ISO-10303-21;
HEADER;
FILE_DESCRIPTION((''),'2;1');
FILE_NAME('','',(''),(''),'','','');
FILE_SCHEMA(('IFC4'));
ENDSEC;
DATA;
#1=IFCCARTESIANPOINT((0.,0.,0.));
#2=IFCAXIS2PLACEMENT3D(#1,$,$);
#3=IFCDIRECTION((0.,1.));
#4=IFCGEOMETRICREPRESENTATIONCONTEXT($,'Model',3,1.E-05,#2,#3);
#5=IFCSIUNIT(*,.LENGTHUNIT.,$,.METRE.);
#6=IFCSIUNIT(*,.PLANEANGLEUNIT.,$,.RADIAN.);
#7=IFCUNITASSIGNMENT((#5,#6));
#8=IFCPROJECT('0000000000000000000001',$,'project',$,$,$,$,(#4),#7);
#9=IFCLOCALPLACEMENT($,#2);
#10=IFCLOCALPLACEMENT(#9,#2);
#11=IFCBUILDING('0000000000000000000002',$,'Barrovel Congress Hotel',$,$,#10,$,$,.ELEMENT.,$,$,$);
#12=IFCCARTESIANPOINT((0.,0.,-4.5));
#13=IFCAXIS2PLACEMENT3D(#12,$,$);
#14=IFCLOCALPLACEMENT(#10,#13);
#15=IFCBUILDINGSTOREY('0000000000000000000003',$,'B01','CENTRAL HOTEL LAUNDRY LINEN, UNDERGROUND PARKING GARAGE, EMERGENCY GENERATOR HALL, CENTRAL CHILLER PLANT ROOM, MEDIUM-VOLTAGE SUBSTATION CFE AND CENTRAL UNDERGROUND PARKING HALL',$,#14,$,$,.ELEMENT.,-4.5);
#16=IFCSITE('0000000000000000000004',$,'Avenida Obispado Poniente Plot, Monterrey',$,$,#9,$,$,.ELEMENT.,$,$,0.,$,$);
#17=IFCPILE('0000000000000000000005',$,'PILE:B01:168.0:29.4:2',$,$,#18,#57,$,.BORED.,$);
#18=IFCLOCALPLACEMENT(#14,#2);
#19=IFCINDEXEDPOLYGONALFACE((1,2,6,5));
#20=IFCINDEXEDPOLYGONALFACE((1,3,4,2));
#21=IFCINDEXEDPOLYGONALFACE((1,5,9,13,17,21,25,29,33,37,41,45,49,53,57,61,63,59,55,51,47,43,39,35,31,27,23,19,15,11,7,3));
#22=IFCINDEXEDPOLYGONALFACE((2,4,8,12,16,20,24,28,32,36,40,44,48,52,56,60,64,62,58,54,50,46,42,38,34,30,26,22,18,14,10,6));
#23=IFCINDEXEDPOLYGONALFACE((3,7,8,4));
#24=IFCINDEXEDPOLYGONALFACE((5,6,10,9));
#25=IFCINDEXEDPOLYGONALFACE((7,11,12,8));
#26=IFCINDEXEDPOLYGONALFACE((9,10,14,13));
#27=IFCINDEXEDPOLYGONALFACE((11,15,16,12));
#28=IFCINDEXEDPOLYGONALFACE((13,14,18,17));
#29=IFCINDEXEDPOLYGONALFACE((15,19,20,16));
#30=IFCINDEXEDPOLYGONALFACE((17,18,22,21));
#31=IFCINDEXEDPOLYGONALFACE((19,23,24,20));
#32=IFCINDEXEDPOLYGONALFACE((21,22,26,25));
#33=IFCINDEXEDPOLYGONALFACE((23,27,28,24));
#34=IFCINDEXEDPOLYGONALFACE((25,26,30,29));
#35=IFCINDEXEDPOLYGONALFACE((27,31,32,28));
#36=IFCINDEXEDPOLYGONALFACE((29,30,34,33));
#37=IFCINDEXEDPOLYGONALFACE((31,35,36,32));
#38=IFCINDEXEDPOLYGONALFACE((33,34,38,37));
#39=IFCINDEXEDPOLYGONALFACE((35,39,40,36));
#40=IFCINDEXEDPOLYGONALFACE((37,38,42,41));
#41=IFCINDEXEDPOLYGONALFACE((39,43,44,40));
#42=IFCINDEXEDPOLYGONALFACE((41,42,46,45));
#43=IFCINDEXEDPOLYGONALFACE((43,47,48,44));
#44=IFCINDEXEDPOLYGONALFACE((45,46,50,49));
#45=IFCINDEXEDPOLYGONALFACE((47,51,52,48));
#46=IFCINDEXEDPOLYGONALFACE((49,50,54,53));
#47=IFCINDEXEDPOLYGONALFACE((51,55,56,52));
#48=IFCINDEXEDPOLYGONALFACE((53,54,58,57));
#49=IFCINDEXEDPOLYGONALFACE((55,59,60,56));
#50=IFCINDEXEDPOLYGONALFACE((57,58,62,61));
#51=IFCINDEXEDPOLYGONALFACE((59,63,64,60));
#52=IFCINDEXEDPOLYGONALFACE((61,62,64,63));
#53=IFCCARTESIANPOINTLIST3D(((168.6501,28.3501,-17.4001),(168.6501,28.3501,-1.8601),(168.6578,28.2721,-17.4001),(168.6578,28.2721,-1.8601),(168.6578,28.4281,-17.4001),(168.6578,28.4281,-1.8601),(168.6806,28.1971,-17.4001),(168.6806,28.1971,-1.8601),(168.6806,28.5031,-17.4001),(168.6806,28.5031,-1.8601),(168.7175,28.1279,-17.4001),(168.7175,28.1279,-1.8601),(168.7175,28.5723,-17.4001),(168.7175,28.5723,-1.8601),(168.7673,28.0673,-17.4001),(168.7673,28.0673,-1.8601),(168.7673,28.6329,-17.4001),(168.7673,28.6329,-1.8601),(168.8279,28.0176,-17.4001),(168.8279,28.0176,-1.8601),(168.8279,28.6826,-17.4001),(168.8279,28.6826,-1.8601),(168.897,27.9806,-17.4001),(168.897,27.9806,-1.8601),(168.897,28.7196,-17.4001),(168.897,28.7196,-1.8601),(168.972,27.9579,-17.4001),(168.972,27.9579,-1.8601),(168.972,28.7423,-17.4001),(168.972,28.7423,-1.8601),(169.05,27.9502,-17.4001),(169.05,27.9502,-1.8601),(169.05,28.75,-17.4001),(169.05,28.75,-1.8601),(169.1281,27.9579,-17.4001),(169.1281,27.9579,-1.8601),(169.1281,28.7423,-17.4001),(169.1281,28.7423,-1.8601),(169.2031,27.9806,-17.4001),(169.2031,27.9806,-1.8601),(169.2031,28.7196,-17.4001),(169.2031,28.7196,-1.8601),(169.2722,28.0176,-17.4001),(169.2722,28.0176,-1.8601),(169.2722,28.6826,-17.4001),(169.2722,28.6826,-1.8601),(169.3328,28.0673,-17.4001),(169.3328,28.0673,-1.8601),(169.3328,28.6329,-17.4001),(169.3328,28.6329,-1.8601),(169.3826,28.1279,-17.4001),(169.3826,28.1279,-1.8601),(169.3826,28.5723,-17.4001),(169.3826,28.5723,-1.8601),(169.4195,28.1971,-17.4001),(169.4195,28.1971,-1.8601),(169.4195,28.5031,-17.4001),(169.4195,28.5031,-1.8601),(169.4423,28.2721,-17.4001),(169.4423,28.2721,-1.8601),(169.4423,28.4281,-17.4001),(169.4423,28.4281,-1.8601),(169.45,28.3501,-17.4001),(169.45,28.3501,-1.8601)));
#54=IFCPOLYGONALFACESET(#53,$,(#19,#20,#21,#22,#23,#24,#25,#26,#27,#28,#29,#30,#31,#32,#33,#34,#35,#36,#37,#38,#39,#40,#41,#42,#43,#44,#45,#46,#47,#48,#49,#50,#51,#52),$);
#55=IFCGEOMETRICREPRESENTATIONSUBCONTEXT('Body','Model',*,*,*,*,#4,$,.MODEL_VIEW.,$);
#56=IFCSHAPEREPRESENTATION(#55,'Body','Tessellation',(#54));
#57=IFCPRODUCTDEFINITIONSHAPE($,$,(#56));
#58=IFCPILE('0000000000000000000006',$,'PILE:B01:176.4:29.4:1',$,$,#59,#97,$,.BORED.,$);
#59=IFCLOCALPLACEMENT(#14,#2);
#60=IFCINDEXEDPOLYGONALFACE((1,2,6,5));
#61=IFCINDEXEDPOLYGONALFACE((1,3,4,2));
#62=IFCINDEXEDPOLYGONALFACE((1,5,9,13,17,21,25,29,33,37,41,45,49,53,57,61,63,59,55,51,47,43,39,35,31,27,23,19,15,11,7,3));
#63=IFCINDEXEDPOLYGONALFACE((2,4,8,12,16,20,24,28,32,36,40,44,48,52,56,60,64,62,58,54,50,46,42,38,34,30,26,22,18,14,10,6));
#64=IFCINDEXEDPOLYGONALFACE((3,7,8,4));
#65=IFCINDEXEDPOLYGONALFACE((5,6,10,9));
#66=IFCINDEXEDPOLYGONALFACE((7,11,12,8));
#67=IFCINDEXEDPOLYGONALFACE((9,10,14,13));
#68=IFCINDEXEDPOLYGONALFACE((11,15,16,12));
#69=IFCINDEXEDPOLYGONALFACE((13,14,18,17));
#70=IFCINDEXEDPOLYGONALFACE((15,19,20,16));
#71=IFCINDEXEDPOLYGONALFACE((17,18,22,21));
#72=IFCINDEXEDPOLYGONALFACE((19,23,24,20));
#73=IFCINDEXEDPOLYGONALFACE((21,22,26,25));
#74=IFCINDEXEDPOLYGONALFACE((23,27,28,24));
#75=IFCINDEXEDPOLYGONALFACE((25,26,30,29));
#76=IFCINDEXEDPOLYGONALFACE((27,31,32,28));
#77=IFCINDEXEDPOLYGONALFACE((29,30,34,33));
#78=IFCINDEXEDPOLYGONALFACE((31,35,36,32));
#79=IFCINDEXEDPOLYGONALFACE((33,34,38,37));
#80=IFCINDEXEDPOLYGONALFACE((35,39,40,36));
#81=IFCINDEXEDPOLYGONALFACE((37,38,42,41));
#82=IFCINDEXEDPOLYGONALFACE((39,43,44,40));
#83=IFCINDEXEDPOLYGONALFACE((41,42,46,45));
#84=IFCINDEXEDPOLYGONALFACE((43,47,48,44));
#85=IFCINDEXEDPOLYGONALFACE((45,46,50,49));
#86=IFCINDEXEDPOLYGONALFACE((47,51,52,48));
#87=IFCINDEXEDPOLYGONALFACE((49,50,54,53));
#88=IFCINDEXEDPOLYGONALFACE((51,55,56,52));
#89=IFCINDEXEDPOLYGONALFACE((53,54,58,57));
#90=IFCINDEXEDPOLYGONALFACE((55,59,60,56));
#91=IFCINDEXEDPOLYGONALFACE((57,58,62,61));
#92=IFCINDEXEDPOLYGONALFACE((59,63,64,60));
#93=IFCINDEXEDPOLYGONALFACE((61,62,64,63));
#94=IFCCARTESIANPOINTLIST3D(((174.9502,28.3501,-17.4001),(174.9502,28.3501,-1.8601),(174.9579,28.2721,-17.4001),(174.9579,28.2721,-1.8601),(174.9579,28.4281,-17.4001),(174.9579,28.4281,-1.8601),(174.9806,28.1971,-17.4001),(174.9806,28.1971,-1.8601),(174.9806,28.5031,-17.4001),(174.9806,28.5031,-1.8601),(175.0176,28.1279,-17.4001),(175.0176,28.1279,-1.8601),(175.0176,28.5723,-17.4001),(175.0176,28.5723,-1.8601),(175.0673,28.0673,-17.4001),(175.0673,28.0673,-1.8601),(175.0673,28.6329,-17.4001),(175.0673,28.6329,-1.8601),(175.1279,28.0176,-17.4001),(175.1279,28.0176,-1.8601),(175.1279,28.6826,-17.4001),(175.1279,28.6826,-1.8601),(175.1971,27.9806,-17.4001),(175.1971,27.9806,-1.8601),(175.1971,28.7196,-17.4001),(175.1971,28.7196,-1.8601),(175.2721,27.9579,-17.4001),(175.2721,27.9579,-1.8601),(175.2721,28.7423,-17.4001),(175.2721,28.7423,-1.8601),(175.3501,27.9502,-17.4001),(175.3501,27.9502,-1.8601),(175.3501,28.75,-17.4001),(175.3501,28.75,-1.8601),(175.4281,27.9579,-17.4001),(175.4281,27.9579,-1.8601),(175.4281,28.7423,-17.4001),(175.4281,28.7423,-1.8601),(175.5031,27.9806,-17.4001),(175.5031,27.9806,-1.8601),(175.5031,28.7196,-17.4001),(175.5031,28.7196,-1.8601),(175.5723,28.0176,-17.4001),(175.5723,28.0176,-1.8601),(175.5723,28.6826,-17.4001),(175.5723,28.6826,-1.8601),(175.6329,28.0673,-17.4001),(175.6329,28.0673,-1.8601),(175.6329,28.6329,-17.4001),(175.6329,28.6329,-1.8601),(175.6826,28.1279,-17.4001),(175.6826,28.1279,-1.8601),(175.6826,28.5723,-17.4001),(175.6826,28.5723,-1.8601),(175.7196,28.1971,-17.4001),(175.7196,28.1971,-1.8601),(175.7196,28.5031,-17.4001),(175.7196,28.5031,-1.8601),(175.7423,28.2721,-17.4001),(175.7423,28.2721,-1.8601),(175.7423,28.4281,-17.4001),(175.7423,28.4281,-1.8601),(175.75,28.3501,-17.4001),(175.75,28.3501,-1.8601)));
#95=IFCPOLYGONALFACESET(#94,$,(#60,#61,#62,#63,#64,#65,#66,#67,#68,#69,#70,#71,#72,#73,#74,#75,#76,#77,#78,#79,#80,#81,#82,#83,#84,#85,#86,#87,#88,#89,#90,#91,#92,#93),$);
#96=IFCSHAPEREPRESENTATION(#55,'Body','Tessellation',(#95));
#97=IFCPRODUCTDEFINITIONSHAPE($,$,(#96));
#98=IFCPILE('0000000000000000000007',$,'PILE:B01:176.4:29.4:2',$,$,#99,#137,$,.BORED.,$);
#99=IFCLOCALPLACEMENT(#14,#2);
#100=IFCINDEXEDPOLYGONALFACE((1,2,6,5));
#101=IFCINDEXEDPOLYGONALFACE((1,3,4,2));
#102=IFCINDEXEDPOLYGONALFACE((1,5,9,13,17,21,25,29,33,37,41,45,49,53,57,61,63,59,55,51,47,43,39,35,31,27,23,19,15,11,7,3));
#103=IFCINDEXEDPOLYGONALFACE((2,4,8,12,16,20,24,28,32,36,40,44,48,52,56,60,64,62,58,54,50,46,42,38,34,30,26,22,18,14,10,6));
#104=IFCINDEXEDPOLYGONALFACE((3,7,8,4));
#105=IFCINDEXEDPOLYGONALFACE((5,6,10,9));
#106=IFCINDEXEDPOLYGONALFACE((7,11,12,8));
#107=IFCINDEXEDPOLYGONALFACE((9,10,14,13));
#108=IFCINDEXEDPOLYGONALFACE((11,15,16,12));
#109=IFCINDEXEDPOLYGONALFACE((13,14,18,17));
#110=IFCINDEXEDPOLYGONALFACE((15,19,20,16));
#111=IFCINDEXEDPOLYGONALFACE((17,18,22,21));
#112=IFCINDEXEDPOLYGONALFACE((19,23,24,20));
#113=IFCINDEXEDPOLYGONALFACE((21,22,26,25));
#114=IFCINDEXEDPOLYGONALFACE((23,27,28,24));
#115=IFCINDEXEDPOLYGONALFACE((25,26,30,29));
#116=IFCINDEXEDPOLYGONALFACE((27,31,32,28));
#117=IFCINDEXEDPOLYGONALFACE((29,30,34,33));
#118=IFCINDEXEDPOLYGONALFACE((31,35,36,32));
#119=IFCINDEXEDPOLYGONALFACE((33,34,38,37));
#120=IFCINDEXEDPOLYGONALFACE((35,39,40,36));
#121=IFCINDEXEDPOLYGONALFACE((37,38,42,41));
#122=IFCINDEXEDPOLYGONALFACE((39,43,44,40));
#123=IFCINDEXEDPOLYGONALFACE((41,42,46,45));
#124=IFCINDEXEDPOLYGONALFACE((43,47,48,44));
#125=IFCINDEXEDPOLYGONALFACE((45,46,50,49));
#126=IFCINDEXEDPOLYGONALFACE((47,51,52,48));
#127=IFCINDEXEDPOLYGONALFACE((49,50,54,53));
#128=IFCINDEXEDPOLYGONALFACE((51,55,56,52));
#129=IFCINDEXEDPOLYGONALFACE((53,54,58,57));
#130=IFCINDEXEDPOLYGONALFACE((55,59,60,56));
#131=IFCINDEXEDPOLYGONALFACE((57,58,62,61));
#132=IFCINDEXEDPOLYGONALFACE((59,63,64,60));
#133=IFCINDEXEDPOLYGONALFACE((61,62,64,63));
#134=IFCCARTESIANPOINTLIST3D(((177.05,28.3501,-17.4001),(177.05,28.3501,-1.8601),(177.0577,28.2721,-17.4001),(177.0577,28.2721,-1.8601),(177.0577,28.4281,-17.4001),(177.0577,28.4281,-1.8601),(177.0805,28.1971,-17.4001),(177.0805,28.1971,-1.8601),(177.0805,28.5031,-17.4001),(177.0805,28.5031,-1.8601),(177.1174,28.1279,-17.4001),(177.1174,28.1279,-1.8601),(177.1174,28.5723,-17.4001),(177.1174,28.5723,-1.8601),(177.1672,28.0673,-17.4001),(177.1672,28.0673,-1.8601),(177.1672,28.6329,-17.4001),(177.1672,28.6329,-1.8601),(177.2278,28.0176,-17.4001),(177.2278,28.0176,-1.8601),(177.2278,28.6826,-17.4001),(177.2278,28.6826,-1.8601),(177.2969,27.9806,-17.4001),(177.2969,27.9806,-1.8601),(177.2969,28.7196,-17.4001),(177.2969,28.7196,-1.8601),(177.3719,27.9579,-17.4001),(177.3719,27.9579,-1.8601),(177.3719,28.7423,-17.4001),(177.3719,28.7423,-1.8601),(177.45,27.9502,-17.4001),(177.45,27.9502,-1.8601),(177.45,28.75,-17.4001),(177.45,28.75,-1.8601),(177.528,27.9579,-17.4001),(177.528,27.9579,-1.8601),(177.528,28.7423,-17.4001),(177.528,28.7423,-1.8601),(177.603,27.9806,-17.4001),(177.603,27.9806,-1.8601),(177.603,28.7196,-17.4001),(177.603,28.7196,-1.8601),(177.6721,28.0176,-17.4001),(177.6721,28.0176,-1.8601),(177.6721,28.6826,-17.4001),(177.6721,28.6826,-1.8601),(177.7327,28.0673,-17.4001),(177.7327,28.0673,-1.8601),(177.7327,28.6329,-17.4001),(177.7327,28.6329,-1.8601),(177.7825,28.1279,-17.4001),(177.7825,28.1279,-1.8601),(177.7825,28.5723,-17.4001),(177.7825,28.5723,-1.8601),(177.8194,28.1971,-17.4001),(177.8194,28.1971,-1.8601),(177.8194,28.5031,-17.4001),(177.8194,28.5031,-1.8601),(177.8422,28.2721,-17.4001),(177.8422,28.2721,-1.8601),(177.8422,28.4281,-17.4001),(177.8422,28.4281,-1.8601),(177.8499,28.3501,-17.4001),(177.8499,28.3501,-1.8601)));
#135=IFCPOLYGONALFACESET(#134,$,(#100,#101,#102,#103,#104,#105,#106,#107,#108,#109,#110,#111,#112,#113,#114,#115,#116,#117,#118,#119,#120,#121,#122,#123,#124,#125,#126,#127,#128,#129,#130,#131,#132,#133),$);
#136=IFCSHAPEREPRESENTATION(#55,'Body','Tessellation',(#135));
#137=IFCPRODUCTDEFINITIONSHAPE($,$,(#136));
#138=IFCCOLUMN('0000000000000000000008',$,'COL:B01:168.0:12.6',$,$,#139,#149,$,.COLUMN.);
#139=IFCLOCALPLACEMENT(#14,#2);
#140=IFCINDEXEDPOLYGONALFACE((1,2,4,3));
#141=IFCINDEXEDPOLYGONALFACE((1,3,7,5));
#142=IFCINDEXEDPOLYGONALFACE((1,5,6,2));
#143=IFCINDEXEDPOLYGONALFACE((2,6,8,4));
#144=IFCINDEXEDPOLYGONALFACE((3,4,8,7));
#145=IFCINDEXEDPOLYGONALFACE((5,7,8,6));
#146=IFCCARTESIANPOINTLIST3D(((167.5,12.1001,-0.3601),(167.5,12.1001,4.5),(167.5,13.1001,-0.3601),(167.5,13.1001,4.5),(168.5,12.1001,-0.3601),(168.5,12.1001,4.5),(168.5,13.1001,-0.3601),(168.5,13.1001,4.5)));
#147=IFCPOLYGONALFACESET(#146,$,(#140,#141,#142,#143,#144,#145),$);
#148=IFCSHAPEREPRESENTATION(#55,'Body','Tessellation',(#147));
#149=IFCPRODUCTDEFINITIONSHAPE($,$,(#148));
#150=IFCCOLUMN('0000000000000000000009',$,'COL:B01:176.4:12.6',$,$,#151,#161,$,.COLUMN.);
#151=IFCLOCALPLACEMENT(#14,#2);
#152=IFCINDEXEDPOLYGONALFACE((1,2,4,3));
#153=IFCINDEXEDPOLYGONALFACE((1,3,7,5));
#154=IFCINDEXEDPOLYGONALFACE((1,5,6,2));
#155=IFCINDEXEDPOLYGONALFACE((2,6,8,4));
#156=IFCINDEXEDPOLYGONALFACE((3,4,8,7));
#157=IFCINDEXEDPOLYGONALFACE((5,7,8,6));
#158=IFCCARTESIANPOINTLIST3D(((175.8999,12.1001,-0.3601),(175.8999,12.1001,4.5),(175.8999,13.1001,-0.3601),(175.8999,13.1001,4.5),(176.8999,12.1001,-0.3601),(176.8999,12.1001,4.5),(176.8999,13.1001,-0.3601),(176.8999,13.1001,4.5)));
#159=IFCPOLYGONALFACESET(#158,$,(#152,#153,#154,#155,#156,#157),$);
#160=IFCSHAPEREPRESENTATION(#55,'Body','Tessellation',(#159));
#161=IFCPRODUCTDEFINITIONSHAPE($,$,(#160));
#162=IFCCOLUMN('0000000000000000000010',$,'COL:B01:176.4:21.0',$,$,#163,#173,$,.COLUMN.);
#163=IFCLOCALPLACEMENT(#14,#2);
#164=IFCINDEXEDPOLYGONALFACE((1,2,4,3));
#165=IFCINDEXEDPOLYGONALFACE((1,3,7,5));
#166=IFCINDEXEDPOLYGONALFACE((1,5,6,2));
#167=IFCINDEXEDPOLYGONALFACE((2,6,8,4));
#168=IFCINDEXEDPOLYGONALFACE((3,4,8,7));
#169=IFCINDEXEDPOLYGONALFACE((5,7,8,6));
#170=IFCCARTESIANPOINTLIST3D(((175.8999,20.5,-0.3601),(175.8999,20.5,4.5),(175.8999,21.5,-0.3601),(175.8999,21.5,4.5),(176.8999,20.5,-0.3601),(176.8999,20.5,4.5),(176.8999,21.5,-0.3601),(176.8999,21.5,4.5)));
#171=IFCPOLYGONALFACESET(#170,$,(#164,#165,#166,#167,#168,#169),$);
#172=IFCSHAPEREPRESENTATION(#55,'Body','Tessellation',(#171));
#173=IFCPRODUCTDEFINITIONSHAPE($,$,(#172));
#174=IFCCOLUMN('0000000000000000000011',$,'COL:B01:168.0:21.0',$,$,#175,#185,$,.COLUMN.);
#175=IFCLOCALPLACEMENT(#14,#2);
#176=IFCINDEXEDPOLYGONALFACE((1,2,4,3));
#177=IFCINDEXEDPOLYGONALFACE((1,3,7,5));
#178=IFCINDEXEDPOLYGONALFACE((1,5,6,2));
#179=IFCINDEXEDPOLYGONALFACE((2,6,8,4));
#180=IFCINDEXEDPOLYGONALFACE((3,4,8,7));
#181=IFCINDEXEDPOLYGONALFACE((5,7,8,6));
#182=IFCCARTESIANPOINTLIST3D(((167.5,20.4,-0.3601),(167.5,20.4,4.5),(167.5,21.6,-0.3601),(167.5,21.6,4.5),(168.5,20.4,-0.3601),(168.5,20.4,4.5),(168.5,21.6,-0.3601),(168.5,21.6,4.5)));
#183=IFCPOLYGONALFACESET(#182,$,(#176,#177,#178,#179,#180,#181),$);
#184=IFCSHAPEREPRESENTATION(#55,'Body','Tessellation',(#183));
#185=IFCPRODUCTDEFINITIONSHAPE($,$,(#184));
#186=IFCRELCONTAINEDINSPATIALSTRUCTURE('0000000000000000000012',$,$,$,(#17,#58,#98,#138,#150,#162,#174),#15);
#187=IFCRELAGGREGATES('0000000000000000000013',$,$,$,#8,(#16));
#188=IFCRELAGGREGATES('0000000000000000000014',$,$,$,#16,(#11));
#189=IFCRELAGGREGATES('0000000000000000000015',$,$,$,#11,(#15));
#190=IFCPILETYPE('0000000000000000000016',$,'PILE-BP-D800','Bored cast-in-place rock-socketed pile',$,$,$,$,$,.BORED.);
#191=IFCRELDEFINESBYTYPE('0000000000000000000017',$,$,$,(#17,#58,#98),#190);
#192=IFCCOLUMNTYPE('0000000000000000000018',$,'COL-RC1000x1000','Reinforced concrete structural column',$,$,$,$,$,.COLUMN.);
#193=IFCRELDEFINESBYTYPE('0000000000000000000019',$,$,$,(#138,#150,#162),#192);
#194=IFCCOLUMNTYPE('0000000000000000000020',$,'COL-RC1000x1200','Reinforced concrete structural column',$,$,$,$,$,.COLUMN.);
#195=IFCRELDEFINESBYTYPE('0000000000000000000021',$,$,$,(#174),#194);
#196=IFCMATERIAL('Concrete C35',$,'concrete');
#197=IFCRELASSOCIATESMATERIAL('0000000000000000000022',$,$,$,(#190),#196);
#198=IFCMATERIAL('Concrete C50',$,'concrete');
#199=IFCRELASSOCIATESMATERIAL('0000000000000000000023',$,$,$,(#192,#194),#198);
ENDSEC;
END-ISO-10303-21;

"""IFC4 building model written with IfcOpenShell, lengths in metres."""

from ifc_helpers import new_model, si_unit, direction, frame, origin, origin_2d, place, context, subcontext, project, spatial, rectangle, circle, extrude, material, material_profile, profile_set, type_object, element, save


model = new_model("IFC4")

# Units and contexts
model_context = context("Model", 3, precision=1e-05, world=origin(), true_north=direction((0.0, 1.0)))
body_context = subcontext(model_context, "Body", "Model", "MODEL_VIEW")
ifc_project = project(units=[si_unit("LENGTHUNIT", "METRE"), si_unit("PLANEANGLEUNIT", "RADIAN")], contexts=[model_context])

# Site, building, storey
site_placement = place(None, origin())
site = spatial("IfcSite", under=ifc_project, at=site_placement, Name="Avenida Obispado Poniente Plot, Monterrey", CompositionType="ELEMENT", RefElevation=0.0)
building_placement = place(site_placement, origin())
building = spatial("IfcBuilding", under=site, at=building_placement, Name="Barrovel Congress Hotel", CompositionType="ELEMENT")
storey_placement = place(building_placement, frame((0.0, 0.0, -4.5)))
storey = spatial("IfcBuildingStorey", under=building, at=storey_placement, Name="B01", Description="CENTRAL HOTEL LAUNDRY LINEN, UNDERGROUND PARKING GARAGE, EMERGENCY GENERATOR HALL, CENTRAL CHILLER PLANT ROOM, MEDIUM-VOLTAGE SUBSTATION CFE AND CENTRAL UNDERGROUND PARKING HALL", CompositionType="ELEMENT", Elevation=-4.5)

# Piles
ifc_material_1 = material(Name="Concrete C35", Category="concrete")
ifc_material_profile_1 = material_profile(ifc_material_1, circle(Radius=0.3999, at=origin_2d()), Name="BP-D800")
ifc_profile_set_1 = profile_set([ifc_material_profile_1], Name="Concrete C35")
pile_type_1 = type_object("IfcPileType", Name="PILE-BP-D800", Description="Bored cast-in-place rock-socketed pile", PredefinedType="BORED", material=ifc_profile_set_1)
for number, where, z_axis, x_axis, name in (
    (1, (169.05, 28.3501, -1.8601), (0.0, 0.0, -1.0), (1.0, 0.0, 0.0), "PILE:B01:168.0:29.4:2"),
    (2, (175.3501, 28.3501, -1.8601), (0.0, 0.0, -1.0), (1.0, 0.0, 0.0), "PILE:B01:176.4:29.4:1"),
    (3, (177.45, 28.3501, -1.8601), (0.0, 0.0, -1.0), (1.0, 0.0, 0.0), "PILE:B01:176.4:29.4:2"),
):
    element("IfcPile", number, at=place(storey_placement, frame(where, z_axis=z_axis, x_axis=x_axis)), inside=storey, type_object=pile_type_1, Name=name, PredefinedType="BORED", context=body_context, shape_type="SweptSolid", body=[
        extrude(circle(Radius=0.3999, at=origin_2d()), origin(), (0.0, 0.0, 1.0), 15.54),
    ])

# Columns
ifc_material_2 = material(Name="Concrete C50", Category="concrete")
ifc_material_profile_2 = material_profile(ifc_material_2, rectangle(XDim=1.0, YDim=1.0, at=origin_2d()), Name="RC1000x1000")
ifc_profile_set_2 = profile_set([ifc_material_profile_2], Name="Concrete C50")
column_type_1 = type_object("IfcColumnType", Name="COL-RC1000x1000", Description="Reinforced concrete structural column", PredefinedType="COLUMN", material=ifc_profile_set_2)
for number, where, z_axis, x_axis, name in (
    (4, (168.0, 12.6001, -0.3601), (0.0, 0.0, 1.0), (1.0, 0.0, 0.0), "COL:B01:168.0:12.6"),
    (5, (176.3999, 12.6001, -0.3601), (0.0, 0.0, 1.0), (1.0, 0.0, 0.0), "COL:B01:176.4:12.6"),
    (6, (176.3999, 21.0, -0.3601), (0.0, 0.0, 1.0), (1.0, 0.0, 0.0), "COL:B01:176.4:21.0"),
):
    element("IfcColumn", number, at=place(storey_placement, frame(where, z_axis=z_axis, x_axis=x_axis)), inside=storey, type_object=column_type_1, Name=name, PredefinedType="COLUMN", context=body_context, shape_type="SweptSolid", body=[
        extrude(rectangle(XDim=1.0, YDim=1.0, at=origin_2d()), origin(), (0.0, 0.0, 1.0), 4.8601),
    ])
ifc_material_profile_3 = material_profile(ifc_material_2, rectangle(XDim=1.0, YDim=1.2, at=origin_2d()), Name="RC1000x1200")
ifc_profile_set_3 = profile_set([ifc_material_profile_3], Name="Concrete C50")
column_type_2 = type_object("IfcColumnType", Name="COL-RC1000x1200", Description="Reinforced concrete structural column", PredefinedType="COLUMN", material=ifc_profile_set_3)
column_placement = place(storey_placement, frame((168.0, 21.0, -0.3601), z_axis=(0.0, 0.0, 1.0), x_axis=(1.0, 0.0, 0.0)))
element("IfcColumn", 7, at=column_placement, inside=storey, type_object=column_type_2, Name="COL:B01:168.0:21.0", PredefinedType="COLUMN", context=body_context, shape_type="SweptSolid", body=[
    extrude(rectangle(XDim=1.0, YDim=1.2, at=origin_2d()), origin(), (0.0, 0.0, 1.0), 4.8601),
])

save(model, "model.ifc")
